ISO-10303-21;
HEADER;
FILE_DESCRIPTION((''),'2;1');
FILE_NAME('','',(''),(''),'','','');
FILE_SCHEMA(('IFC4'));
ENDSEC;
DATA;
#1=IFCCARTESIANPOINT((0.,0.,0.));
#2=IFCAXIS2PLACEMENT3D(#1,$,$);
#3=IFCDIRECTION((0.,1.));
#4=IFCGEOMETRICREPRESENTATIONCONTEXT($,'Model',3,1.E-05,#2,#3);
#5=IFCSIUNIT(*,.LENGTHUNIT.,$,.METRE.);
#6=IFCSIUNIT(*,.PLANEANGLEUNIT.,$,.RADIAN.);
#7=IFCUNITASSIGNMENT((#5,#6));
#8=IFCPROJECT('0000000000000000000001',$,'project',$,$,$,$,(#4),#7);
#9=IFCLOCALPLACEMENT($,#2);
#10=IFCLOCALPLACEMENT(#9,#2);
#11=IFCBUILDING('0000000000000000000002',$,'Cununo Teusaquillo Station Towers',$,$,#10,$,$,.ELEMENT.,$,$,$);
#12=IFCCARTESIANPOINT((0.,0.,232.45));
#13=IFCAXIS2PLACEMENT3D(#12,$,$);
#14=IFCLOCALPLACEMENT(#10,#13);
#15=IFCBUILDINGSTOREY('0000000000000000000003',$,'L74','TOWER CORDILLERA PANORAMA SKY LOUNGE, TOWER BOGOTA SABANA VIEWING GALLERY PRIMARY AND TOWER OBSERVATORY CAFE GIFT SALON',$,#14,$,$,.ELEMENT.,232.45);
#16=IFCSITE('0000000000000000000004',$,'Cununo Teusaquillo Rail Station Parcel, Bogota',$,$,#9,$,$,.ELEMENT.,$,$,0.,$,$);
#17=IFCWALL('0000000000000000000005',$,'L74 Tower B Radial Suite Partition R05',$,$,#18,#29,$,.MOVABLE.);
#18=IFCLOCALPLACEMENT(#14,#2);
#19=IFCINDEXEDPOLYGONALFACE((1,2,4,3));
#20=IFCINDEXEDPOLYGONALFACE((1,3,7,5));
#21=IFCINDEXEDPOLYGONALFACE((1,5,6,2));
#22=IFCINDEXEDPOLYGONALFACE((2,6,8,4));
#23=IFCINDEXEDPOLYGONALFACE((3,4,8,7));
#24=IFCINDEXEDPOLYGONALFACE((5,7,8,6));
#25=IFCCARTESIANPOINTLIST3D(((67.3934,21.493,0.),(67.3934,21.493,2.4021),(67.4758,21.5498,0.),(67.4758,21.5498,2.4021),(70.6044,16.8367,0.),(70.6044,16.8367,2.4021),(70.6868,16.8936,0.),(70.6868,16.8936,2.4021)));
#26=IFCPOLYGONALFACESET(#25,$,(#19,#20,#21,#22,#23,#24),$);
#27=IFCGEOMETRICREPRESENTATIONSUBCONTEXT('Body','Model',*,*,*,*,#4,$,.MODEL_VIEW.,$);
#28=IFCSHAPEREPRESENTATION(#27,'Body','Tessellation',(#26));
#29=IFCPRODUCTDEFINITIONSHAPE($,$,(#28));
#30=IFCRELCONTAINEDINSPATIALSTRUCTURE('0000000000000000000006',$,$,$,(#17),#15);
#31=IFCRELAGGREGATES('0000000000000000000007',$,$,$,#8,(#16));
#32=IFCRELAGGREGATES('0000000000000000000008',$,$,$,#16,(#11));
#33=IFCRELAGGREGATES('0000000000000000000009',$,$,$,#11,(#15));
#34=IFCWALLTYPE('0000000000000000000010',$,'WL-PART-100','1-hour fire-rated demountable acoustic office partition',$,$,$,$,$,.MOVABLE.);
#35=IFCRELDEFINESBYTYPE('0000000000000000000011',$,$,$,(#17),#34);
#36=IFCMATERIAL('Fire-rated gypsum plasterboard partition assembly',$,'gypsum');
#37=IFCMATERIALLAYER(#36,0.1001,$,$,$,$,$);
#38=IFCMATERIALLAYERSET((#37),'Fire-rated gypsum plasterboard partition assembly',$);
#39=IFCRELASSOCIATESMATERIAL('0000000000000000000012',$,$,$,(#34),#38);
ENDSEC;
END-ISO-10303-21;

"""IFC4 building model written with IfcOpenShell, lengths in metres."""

from ifc_helpers import new_model, si_unit, direction, frame, frame_2d, origin, place, context, subcontext, project, spatial, rectangle, extrude, material, layer, layer_set, type_object, element, save


model = new_model("IFC4")

# Units and contexts
model_context = context("Model", 3, precision=1e-05, world=origin(), true_north=direction((0.0, 1.0)))
body_context = subcontext(model_context, "Body", "Model", "MODEL_VIEW")
ifc_project = project(units=[si_unit("LENGTHUNIT", "METRE"), si_unit("PLANEANGLEUNIT", "RADIAN")], contexts=[model_context])

# Site, building, storey
site_placement = place(None, origin())
site = spatial("IfcSite", under=ifc_project, at=site_placement, Name="Cununo Teusaquillo Rail Station Parcel, Bogota", CompositionType="ELEMENT", RefElevation=0.0)
building_placement = place(site_placement, origin())
building = spatial("IfcBuilding", under=site, at=building_placement, Name="Cununo Teusaquillo Station Towers", CompositionType="ELEMENT")
storey_placement = place(building_placement, frame((0.0, 0.0, 232.45)))
storey = spatial("IfcBuildingStorey", under=building, at=storey_placement, Name="L74", Description="TOWER CORDILLERA PANORAMA SKY LOUNGE, TOWER BOGOTA SABANA VIEWING GALLERY PRIMARY AND TOWER OBSERVATORY CAFE GIFT SALON", CompositionType="ELEMENT", Elevation=232.45)

# Shared definitions
ifc_material_1 = material(Name="Fire-rated gypsum plasterboard partition assembly", Category="gypsum")
ifc_layer_1 = layer(ifc_material_1, 0.1001)
ifc_layer_set_1 = layer_set([ifc_layer_1], Name="Fire-rated gypsum plasterboard partition assembly")
wall_type_1 = type_object("IfcWallType", Name="WL-PART-100", Description="1-hour fire-rated demountable acoustic office partition", PredefinedType="MOVABLE", material=ifc_layer_set_1)

# Wall
wall_1_placement = place(storey_placement, frame((67.4346, 21.5215, 0.0), z_axis=(0.0, 0.0, 1.0), x_axis=(0.567701, -0.823235, 0.0)))
element("IfcWall", 1, at=wall_1_placement, inside=storey, type_object=wall_type_1, Name="L74 Tower B Radial Suite Partition R05", PredefinedType="MOVABLE", context=body_context, shape_type="SweptSolid", body=[
    extrude(rectangle(XDim=5.656, YDim=0.1001, at=frame_2d((2.8281, 0.0))), origin(), (0.0, 0.0, 1.0), 2.4021),
])

save(model, "model.ifc")
